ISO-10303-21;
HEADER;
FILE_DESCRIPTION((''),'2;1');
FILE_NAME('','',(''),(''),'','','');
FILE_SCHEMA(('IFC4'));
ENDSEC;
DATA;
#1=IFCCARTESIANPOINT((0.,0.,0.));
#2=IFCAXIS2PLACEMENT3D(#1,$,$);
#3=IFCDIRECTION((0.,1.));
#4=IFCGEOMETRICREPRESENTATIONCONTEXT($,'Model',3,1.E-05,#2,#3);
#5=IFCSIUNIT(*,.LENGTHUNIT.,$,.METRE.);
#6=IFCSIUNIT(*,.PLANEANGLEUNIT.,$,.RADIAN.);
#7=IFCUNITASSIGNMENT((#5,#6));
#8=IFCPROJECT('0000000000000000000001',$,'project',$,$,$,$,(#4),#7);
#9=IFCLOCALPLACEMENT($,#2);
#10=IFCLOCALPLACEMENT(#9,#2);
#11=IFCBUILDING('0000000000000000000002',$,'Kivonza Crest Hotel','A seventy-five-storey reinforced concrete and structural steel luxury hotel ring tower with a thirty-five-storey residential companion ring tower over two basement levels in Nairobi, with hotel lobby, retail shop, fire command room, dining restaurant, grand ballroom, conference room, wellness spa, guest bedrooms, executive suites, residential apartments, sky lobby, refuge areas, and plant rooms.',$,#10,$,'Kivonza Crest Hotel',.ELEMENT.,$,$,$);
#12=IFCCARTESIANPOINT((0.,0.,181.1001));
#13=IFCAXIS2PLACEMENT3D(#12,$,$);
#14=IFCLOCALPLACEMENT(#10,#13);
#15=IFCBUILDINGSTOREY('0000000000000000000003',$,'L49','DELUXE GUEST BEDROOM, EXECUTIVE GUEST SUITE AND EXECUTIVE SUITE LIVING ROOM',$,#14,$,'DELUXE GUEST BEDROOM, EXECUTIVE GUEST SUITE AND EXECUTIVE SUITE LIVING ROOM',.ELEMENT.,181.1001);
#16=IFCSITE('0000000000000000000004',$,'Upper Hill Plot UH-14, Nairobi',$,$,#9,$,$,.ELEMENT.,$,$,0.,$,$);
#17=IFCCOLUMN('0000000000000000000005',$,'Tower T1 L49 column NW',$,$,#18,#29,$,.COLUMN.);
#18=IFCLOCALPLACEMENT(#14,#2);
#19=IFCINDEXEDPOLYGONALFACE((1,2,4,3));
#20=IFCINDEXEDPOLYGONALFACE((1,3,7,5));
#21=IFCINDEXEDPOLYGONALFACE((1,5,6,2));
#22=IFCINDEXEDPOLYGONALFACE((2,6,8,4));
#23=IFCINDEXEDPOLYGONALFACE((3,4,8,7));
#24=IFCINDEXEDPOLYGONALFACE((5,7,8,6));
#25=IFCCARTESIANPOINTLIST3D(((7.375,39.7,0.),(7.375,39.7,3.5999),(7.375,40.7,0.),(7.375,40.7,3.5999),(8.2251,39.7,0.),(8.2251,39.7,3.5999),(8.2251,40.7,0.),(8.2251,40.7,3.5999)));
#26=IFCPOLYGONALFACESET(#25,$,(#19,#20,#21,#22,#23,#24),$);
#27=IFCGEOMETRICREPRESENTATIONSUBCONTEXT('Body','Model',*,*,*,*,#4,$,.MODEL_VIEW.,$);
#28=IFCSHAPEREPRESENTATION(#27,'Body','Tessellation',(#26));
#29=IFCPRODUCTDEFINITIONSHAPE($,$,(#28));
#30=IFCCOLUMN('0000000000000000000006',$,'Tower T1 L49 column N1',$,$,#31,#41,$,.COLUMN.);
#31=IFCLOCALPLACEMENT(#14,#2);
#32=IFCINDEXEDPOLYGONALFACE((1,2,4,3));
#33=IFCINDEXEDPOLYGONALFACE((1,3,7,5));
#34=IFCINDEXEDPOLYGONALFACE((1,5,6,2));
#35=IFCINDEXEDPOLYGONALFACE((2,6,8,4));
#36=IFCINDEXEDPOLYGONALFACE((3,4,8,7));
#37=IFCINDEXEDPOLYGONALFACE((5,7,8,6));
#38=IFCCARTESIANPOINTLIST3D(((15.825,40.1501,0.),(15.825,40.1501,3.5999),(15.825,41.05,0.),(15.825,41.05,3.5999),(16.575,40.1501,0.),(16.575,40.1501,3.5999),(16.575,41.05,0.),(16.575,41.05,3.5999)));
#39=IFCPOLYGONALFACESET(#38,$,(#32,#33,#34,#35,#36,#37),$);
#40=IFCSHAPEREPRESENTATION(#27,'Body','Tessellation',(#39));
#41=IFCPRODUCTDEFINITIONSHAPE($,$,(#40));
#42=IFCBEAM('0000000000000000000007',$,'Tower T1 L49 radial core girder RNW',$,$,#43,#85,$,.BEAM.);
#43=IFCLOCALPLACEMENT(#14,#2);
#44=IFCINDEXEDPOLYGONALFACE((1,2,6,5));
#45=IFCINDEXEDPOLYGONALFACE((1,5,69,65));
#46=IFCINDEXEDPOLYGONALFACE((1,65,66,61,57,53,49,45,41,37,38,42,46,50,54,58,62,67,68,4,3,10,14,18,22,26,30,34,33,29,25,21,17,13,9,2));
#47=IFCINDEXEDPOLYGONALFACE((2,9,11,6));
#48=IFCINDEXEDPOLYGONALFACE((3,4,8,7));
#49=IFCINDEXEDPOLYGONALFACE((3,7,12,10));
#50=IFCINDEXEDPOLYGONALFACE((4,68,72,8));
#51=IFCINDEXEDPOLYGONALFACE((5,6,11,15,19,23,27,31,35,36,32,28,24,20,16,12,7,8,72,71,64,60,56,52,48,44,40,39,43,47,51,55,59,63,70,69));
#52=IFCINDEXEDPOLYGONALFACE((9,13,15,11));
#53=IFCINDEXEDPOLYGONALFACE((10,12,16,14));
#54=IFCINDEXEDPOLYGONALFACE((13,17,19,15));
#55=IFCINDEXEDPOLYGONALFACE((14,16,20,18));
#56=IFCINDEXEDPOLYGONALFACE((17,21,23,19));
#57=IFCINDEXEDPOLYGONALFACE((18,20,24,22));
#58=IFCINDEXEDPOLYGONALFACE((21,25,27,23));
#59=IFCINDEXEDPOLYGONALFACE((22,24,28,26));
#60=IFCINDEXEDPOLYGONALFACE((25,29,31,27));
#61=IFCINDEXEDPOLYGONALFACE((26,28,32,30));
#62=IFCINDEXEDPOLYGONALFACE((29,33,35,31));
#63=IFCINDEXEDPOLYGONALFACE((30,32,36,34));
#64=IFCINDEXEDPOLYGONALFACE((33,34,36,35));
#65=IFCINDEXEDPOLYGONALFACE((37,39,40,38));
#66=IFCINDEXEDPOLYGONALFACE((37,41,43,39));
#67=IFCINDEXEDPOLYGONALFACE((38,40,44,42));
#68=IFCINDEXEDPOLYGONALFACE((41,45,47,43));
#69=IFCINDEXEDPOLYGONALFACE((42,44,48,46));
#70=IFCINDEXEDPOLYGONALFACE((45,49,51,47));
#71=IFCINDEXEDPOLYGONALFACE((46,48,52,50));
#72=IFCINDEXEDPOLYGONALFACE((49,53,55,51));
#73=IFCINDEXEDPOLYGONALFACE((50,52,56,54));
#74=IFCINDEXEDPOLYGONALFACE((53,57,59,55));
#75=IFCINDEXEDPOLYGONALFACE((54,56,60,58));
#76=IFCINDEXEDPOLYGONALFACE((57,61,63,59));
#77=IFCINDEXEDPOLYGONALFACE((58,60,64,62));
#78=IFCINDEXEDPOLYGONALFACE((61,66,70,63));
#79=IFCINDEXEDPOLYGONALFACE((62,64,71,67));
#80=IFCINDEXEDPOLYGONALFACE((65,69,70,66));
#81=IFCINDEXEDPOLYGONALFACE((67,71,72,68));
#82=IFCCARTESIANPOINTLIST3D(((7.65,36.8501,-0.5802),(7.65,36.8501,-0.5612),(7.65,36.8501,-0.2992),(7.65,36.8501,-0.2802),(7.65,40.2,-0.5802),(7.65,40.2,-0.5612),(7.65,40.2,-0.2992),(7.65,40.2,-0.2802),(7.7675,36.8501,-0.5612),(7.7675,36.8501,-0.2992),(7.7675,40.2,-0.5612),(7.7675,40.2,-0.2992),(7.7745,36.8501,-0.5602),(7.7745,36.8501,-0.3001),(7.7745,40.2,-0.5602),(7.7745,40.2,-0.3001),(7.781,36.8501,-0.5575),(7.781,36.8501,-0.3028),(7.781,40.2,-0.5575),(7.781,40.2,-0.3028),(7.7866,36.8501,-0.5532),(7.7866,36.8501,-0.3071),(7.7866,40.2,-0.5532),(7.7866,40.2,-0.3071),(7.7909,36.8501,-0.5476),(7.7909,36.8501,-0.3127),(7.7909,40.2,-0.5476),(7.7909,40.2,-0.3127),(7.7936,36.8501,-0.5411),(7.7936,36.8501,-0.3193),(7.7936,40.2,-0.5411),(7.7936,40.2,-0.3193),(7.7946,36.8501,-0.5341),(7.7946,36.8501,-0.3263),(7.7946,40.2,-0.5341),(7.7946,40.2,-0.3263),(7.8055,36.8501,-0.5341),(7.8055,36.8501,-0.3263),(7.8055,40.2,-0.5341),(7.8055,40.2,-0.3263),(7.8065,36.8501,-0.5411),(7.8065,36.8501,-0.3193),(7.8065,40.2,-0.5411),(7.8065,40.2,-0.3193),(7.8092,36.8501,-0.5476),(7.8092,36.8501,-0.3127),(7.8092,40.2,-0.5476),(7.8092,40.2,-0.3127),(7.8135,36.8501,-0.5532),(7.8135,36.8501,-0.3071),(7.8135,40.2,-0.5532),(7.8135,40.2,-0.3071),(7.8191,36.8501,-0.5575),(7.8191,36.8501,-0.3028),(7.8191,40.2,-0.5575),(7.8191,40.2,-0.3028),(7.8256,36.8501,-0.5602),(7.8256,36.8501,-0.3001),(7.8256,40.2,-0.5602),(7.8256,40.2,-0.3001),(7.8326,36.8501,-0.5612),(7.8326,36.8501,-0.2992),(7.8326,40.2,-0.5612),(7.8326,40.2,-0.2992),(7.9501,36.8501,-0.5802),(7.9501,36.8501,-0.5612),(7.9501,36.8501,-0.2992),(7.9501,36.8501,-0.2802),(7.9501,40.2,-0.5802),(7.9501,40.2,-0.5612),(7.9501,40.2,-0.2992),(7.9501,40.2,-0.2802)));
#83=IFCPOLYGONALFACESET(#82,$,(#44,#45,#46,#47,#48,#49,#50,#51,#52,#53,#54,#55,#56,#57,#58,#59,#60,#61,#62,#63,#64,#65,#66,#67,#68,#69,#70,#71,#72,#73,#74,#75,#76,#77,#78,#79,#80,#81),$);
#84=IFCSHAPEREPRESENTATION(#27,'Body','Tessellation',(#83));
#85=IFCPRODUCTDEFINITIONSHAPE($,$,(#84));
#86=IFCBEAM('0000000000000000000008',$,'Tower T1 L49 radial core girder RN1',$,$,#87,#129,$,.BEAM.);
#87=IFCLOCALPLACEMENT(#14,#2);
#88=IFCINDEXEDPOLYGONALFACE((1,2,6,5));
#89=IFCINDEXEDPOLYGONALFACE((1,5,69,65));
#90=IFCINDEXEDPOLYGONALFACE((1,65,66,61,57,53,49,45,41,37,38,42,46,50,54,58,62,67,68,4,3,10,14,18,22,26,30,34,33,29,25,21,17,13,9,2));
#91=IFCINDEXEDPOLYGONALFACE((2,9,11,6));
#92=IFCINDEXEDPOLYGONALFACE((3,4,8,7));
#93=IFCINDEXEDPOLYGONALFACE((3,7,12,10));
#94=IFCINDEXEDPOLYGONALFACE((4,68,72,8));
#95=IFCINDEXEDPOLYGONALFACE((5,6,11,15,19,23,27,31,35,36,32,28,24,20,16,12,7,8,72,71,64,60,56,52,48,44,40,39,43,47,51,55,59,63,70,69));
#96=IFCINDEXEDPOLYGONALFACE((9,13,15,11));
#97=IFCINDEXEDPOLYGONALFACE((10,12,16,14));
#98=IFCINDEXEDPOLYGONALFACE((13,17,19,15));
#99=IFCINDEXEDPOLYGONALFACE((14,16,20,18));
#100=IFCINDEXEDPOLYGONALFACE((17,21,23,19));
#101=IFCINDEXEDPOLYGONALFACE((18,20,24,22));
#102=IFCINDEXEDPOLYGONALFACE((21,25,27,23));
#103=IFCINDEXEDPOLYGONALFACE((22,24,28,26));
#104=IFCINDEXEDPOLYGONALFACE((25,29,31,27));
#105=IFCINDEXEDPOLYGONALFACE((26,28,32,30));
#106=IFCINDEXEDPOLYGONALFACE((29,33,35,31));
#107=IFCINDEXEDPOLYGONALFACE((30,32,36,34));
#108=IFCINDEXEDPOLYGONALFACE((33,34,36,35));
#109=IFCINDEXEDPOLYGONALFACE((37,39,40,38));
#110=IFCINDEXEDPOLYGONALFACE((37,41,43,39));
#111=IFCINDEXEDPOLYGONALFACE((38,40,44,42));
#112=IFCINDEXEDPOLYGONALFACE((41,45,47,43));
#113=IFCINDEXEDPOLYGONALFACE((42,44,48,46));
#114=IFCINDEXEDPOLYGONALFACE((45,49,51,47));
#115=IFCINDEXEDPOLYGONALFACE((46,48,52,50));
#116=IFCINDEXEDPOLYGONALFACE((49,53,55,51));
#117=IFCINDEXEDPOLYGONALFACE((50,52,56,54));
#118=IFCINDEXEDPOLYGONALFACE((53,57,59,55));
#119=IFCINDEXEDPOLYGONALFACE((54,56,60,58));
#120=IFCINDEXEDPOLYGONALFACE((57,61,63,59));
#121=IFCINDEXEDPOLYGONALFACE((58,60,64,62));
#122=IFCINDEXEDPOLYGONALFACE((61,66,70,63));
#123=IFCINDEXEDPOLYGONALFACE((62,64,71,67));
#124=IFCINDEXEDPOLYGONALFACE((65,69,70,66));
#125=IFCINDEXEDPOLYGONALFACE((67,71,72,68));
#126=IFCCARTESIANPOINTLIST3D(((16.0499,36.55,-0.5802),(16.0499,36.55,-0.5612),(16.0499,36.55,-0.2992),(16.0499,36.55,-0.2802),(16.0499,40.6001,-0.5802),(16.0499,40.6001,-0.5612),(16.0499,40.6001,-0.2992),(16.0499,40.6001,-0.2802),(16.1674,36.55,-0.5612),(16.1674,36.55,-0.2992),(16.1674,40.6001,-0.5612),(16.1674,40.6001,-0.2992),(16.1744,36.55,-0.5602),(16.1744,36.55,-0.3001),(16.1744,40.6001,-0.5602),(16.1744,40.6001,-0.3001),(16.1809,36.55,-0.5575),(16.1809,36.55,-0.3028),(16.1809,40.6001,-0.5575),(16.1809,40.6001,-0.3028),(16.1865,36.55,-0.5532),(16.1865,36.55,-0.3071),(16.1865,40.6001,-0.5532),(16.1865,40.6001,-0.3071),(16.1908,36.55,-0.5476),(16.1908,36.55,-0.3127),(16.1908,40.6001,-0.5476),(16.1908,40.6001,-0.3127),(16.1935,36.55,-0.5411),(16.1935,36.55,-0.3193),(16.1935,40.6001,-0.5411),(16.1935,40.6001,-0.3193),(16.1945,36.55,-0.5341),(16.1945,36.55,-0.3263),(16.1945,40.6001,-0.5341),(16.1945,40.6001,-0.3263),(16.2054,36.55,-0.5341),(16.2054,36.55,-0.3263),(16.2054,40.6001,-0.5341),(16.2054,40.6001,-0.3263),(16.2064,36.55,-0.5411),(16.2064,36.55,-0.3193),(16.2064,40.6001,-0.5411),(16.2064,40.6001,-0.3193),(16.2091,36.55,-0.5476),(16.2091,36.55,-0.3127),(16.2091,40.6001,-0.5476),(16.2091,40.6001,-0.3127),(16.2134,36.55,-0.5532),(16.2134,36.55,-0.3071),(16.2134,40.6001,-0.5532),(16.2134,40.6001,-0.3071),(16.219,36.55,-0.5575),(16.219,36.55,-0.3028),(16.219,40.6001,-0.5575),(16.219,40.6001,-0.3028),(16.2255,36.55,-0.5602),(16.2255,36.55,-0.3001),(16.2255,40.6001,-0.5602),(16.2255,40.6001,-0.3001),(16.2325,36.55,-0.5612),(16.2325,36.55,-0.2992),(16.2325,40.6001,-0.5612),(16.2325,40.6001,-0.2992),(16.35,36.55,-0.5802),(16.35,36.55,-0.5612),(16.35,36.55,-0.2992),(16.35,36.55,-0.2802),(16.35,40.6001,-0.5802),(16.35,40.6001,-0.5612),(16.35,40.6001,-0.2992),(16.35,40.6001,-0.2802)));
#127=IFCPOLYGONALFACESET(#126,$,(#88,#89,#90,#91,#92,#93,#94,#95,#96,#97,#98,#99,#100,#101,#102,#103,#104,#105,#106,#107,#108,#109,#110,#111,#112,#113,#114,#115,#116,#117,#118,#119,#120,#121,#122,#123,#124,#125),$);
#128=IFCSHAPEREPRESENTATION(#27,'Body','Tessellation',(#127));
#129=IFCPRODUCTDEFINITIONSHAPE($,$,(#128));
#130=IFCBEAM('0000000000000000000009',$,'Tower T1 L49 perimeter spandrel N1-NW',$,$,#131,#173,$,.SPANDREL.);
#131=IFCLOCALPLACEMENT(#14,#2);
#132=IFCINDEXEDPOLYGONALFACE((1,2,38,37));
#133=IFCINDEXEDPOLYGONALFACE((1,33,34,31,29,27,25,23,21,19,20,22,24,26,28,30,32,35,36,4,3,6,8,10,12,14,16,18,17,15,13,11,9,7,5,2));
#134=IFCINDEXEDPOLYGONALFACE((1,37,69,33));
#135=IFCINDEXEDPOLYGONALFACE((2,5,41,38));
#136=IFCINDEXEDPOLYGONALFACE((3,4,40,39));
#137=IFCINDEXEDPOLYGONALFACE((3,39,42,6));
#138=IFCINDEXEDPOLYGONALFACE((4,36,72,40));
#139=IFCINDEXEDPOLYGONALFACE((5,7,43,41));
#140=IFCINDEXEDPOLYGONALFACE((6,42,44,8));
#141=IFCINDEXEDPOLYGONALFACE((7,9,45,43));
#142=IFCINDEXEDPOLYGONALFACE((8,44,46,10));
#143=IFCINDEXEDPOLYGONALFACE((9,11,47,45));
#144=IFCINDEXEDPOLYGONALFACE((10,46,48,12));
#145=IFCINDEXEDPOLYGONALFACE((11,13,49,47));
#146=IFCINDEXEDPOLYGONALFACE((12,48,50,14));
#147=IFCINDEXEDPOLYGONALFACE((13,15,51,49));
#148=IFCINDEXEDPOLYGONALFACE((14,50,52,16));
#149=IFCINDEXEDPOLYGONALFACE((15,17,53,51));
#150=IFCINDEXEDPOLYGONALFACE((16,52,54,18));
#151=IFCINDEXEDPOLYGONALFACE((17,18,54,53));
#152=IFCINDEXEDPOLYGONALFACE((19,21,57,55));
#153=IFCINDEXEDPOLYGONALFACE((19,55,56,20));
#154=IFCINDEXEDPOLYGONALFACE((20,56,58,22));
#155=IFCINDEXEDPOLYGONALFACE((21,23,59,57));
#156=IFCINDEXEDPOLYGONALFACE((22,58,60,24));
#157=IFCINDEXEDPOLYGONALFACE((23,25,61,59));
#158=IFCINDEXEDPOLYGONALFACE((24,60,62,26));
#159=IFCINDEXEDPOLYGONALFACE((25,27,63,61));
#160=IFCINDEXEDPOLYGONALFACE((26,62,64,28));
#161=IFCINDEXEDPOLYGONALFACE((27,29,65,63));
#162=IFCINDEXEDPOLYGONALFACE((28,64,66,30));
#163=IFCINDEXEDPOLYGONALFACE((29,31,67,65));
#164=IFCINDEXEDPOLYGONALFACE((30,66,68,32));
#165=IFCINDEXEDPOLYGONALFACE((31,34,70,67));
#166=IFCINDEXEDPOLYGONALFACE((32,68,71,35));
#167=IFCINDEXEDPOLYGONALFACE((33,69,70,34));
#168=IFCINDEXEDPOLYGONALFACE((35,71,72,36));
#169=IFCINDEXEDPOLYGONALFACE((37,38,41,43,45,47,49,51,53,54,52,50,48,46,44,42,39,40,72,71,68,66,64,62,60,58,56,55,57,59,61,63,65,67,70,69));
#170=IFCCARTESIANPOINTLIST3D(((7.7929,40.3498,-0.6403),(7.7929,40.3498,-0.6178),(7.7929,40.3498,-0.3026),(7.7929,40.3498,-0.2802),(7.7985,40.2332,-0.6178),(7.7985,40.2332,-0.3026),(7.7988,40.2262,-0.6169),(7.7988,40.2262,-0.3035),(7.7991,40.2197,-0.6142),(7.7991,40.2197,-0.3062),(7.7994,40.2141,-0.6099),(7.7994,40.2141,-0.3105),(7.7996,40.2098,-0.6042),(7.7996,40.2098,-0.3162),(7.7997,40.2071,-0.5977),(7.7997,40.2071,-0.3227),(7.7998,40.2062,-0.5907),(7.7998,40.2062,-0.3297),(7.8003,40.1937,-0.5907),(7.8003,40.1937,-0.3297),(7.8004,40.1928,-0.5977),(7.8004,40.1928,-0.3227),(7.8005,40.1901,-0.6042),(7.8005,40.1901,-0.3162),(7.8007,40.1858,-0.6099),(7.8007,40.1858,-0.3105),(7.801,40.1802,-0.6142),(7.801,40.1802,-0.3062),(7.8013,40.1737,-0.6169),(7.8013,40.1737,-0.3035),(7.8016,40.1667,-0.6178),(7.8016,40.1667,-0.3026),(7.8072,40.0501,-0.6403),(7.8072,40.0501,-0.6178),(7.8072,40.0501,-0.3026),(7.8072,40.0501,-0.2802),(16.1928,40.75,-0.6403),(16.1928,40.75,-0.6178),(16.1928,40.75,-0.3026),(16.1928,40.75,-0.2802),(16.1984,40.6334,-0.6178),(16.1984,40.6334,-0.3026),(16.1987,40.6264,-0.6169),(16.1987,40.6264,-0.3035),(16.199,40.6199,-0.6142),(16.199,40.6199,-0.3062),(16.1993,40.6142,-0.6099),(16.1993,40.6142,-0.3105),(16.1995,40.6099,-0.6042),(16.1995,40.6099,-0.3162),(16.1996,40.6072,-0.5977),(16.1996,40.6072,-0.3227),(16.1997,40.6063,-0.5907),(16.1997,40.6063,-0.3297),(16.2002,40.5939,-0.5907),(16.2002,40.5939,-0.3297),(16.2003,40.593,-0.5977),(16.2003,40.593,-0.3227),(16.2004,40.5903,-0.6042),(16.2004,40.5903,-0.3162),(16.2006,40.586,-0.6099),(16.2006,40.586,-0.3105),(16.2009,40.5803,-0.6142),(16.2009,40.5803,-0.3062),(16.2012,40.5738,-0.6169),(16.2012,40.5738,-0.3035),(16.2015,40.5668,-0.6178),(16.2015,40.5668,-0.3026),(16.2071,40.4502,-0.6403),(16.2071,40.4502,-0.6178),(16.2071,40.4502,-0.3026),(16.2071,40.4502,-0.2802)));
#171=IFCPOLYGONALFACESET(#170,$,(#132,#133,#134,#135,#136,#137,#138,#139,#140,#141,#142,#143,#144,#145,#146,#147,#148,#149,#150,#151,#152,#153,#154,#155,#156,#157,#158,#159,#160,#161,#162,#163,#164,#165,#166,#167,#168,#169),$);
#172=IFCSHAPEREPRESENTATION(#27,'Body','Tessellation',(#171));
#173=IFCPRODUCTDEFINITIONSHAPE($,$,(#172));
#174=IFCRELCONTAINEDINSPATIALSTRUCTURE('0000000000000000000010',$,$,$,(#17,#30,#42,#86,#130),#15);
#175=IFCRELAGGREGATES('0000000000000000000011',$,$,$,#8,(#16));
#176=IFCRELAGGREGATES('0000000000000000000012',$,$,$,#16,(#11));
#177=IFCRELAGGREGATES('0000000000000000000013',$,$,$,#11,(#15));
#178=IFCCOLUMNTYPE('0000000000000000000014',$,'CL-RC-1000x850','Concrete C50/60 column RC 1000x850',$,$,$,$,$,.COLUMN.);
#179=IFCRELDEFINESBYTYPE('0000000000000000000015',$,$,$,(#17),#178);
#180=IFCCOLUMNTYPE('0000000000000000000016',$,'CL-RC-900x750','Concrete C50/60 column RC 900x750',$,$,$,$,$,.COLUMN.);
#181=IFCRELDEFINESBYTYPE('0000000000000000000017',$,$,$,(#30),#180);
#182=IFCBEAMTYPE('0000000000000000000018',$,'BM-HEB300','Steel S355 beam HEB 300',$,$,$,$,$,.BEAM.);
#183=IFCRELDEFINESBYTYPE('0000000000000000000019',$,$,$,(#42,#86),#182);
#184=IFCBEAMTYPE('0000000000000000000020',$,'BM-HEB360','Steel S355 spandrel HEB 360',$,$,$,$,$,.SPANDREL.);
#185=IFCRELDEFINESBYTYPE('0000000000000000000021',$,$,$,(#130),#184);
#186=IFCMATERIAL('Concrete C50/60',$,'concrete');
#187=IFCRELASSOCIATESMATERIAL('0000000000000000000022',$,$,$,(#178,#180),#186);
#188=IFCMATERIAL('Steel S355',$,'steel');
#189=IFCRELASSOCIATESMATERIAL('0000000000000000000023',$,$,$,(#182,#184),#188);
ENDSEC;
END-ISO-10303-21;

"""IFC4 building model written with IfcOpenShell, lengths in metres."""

from ifc_helpers import new_model, si_unit, direction, frame, origin, origin_2d, place, context, subcontext, project, spatial, rectangle, i_section, extrude, material, material_profile, profile_set, type_object, element, save


model = new_model("IFC4")

# Units and contexts
model_context = context("Model", 3, precision=1e-05, world=origin(), true_north=direction((0.0, 1.0)))
body_context = subcontext(model_context, "Body", "Model", "MODEL_VIEW")
ifc_project = project(units=[si_unit("LENGTHUNIT", "METRE"), si_unit("PLANEANGLEUNIT", "RADIAN")], contexts=[model_context])

# Site, building, storey
site_placement = place(None, origin())
site = spatial("IfcSite", under=ifc_project, at=site_placement, Name="Upper Hill Plot UH-14, Nairobi", CompositionType="ELEMENT", RefElevation=0.0)
building_placement = place(site_placement, origin())
building = spatial("IfcBuilding", under=site, at=building_placement, Name="Kivonza Crest Hotel", Description="A seventy-five-storey reinforced concrete and structural steel luxury hotel ring tower with a thirty-five-storey residential companion ring tower over two basement levels in Nairobi, with hotel lobby, retail shop, fire command room, dining restaurant, grand ballroom, conference room, wellness spa, guest bedrooms, executive suites, residential apartments, sky lobby, refuge areas, and plant rooms.", LongName="Kivonza Crest Hotel", CompositionType="ELEMENT")
storey_placement = place(building_placement, frame((0.0, 0.0, 181.1001)))
storey = spatial("IfcBuildingStorey", under=building, at=storey_placement, Name="L49", Description="DELUXE GUEST BEDROOM, EXECUTIVE GUEST SUITE AND EXECUTIVE SUITE LIVING ROOM", LongName="DELUXE GUEST BEDROOM, EXECUTIVE GUEST SUITE AND EXECUTIVE SUITE LIVING ROOM", CompositionType="ELEMENT", Elevation=181.1001)

# Columns
ifc_material_1 = material(Name="Concrete C50/60", Category="concrete")
ifc_material_profile_1 = material_profile(ifc_material_1, rectangle(XDim=0.8501, YDim=1.0, at=origin_2d()), Name="RC 1000x850")
ifc_profile_set_1 = profile_set([ifc_material_profile_1], Name="Concrete C50/60")
column_type_1 = type_object("IfcColumnType", Name="CL-RC-1000x850", Description="Concrete C50/60 column RC 1000x850", PredefinedType="COLUMN", material=ifc_profile_set_1)
column_1_placement = place(storey_placement, frame((7.8, 40.2, 0.0), z_axis=(0.0, 0.0, 1.0), x_axis=(1.0, 0.0, 0.0)))
element("IfcColumn", 1, at=column_1_placement, inside=storey, type_object=column_type_1, Name="Tower T1 L49 column NW", PredefinedType="COLUMN", context=body_context, shape_type="SweptSolid", body=[
    extrude(rectangle(XDim=0.8501, YDim=1.0, at=origin_2d()), origin(), (0.0, 0.0, 1.0), 3.5999),
])
ifc_material_profile_2 = material_profile(ifc_material_1, rectangle(XDim=0.75, YDim=0.8999, at=origin_2d()), Name="RC 900x750")
ifc_profile_set_2 = profile_set([ifc_material_profile_2], Name="Concrete C50/60")
column_type_2 = type_object("IfcColumnType", Name="CL-RC-900x750", Description="Concrete C50/60 column RC 900x750", PredefinedType="COLUMN", material=ifc_profile_set_2)
column_2_placement = place(storey_placement, frame((16.2, 40.6001, 0.0), z_axis=(0.0, 0.0, 1.0), x_axis=(1.0, 0.0, 0.0)))
element("IfcColumn", 2, at=column_2_placement, inside=storey, type_object=column_type_2, Name="Tower T1 L49 column N1", PredefinedType="COLUMN", context=body_context, shape_type="SweptSolid", body=[
    extrude(rectangle(XDim=0.75, YDim=0.8999, at=origin_2d()), origin(), (0.0, 0.0, 1.0), 3.5999),
])

# Beams
ifc_material_2 = material(Name="Steel S355", Category="steel")
ifc_material_profile_3 = material_profile(ifc_material_2, i_section(OverallWidth=0.3, OverallDepth=0.3, WebThickness=0.011, FlangeThickness=0.019, FilletRadius=0.0271, at=origin_2d()), Name="HEB 300")
ifc_profile_set_3 = profile_set([ifc_material_profile_3], Name="Steel S355")
beam_type_1 = type_object("IfcBeamType", Name="BM-HEB300", Description="Steel S355 beam HEB 300", PredefinedType="BEAM", material=ifc_profile_set_3)
beam_1_placement = place(storey_placement, frame((7.8, 40.2, -0.4302), z_axis=(0.0, -1.0, 0.0), x_axis=(1.0, 0.0, 0.0)))
element("IfcBeam", 3, at=beam_1_placement, inside=storey, type_object=beam_type_1, Name="Tower T1 L49 radial core girder RNW", PredefinedType="BEAM", context=body_context, shape_type="SweptSolid", body=[
    extrude(i_section(OverallWidth=0.3, OverallDepth=0.3, WebThickness=0.011, FlangeThickness=0.019, FilletRadius=0.0271, at=origin_2d()), origin(), (0.0, 0.0, 1.0), 3.3499),
])
beam_2_placement = place(storey_placement, frame((16.2, 40.6001, -0.4302), z_axis=(0.0, -1.0, 0.0), x_axis=(1.0, 0.0, 0.0)))
element("IfcBeam", 4, at=beam_2_placement, inside=storey, type_object=beam_type_1, Name="Tower T1 L49 radial core girder RN1", PredefinedType="BEAM", context=body_context, shape_type="SweptSolid", body=[
    extrude(i_section(OverallWidth=0.3, OverallDepth=0.3, WebThickness=0.011, FlangeThickness=0.019, FilletRadius=0.0271, at=origin_2d()), origin(), (0.0, 0.0, 1.0), 4.05),
])
ifc_material_profile_4 = material_profile(ifc_material_2, i_section(OverallWidth=0.3, OverallDepth=0.3601, WebThickness=0.0125, FlangeThickness=0.0225, FilletRadius=0.0271, at=origin_2d()), Name="HEB 360")
ifc_profile_set_4 = profile_set([ifc_material_profile_4], Name="Steel S355")
beam_type_2 = type_object("IfcBeamType", Name="BM-HEB360", Description="Steel S355 spandrel HEB 360", PredefinedType="SPANDREL", material=ifc_profile_set_4)
beam_3_placement = place(storey_placement, frame((16.2, 40.6001, -0.4602), z_axis=(-0.998867, -0.047583, 0.0), x_axis=(0.047583, -0.998867, 0.0)))
element("IfcBeam", 5, at=beam_3_placement, inside=storey, type_object=beam_type_2, Name="Tower T1 L49 perimeter spandrel N1-NW", PredefinedType="SPANDREL", context=body_context, shape_type="SweptSolid", body=[
    extrude(i_section(OverallWidth=0.3, OverallDepth=0.3601, WebThickness=0.0125, FlangeThickness=0.0225, FilletRadius=0.0271, at=origin_2d()), origin(), (0.0, 0.0, 1.0), 8.4094),
])

save(model, "model.ifc")
